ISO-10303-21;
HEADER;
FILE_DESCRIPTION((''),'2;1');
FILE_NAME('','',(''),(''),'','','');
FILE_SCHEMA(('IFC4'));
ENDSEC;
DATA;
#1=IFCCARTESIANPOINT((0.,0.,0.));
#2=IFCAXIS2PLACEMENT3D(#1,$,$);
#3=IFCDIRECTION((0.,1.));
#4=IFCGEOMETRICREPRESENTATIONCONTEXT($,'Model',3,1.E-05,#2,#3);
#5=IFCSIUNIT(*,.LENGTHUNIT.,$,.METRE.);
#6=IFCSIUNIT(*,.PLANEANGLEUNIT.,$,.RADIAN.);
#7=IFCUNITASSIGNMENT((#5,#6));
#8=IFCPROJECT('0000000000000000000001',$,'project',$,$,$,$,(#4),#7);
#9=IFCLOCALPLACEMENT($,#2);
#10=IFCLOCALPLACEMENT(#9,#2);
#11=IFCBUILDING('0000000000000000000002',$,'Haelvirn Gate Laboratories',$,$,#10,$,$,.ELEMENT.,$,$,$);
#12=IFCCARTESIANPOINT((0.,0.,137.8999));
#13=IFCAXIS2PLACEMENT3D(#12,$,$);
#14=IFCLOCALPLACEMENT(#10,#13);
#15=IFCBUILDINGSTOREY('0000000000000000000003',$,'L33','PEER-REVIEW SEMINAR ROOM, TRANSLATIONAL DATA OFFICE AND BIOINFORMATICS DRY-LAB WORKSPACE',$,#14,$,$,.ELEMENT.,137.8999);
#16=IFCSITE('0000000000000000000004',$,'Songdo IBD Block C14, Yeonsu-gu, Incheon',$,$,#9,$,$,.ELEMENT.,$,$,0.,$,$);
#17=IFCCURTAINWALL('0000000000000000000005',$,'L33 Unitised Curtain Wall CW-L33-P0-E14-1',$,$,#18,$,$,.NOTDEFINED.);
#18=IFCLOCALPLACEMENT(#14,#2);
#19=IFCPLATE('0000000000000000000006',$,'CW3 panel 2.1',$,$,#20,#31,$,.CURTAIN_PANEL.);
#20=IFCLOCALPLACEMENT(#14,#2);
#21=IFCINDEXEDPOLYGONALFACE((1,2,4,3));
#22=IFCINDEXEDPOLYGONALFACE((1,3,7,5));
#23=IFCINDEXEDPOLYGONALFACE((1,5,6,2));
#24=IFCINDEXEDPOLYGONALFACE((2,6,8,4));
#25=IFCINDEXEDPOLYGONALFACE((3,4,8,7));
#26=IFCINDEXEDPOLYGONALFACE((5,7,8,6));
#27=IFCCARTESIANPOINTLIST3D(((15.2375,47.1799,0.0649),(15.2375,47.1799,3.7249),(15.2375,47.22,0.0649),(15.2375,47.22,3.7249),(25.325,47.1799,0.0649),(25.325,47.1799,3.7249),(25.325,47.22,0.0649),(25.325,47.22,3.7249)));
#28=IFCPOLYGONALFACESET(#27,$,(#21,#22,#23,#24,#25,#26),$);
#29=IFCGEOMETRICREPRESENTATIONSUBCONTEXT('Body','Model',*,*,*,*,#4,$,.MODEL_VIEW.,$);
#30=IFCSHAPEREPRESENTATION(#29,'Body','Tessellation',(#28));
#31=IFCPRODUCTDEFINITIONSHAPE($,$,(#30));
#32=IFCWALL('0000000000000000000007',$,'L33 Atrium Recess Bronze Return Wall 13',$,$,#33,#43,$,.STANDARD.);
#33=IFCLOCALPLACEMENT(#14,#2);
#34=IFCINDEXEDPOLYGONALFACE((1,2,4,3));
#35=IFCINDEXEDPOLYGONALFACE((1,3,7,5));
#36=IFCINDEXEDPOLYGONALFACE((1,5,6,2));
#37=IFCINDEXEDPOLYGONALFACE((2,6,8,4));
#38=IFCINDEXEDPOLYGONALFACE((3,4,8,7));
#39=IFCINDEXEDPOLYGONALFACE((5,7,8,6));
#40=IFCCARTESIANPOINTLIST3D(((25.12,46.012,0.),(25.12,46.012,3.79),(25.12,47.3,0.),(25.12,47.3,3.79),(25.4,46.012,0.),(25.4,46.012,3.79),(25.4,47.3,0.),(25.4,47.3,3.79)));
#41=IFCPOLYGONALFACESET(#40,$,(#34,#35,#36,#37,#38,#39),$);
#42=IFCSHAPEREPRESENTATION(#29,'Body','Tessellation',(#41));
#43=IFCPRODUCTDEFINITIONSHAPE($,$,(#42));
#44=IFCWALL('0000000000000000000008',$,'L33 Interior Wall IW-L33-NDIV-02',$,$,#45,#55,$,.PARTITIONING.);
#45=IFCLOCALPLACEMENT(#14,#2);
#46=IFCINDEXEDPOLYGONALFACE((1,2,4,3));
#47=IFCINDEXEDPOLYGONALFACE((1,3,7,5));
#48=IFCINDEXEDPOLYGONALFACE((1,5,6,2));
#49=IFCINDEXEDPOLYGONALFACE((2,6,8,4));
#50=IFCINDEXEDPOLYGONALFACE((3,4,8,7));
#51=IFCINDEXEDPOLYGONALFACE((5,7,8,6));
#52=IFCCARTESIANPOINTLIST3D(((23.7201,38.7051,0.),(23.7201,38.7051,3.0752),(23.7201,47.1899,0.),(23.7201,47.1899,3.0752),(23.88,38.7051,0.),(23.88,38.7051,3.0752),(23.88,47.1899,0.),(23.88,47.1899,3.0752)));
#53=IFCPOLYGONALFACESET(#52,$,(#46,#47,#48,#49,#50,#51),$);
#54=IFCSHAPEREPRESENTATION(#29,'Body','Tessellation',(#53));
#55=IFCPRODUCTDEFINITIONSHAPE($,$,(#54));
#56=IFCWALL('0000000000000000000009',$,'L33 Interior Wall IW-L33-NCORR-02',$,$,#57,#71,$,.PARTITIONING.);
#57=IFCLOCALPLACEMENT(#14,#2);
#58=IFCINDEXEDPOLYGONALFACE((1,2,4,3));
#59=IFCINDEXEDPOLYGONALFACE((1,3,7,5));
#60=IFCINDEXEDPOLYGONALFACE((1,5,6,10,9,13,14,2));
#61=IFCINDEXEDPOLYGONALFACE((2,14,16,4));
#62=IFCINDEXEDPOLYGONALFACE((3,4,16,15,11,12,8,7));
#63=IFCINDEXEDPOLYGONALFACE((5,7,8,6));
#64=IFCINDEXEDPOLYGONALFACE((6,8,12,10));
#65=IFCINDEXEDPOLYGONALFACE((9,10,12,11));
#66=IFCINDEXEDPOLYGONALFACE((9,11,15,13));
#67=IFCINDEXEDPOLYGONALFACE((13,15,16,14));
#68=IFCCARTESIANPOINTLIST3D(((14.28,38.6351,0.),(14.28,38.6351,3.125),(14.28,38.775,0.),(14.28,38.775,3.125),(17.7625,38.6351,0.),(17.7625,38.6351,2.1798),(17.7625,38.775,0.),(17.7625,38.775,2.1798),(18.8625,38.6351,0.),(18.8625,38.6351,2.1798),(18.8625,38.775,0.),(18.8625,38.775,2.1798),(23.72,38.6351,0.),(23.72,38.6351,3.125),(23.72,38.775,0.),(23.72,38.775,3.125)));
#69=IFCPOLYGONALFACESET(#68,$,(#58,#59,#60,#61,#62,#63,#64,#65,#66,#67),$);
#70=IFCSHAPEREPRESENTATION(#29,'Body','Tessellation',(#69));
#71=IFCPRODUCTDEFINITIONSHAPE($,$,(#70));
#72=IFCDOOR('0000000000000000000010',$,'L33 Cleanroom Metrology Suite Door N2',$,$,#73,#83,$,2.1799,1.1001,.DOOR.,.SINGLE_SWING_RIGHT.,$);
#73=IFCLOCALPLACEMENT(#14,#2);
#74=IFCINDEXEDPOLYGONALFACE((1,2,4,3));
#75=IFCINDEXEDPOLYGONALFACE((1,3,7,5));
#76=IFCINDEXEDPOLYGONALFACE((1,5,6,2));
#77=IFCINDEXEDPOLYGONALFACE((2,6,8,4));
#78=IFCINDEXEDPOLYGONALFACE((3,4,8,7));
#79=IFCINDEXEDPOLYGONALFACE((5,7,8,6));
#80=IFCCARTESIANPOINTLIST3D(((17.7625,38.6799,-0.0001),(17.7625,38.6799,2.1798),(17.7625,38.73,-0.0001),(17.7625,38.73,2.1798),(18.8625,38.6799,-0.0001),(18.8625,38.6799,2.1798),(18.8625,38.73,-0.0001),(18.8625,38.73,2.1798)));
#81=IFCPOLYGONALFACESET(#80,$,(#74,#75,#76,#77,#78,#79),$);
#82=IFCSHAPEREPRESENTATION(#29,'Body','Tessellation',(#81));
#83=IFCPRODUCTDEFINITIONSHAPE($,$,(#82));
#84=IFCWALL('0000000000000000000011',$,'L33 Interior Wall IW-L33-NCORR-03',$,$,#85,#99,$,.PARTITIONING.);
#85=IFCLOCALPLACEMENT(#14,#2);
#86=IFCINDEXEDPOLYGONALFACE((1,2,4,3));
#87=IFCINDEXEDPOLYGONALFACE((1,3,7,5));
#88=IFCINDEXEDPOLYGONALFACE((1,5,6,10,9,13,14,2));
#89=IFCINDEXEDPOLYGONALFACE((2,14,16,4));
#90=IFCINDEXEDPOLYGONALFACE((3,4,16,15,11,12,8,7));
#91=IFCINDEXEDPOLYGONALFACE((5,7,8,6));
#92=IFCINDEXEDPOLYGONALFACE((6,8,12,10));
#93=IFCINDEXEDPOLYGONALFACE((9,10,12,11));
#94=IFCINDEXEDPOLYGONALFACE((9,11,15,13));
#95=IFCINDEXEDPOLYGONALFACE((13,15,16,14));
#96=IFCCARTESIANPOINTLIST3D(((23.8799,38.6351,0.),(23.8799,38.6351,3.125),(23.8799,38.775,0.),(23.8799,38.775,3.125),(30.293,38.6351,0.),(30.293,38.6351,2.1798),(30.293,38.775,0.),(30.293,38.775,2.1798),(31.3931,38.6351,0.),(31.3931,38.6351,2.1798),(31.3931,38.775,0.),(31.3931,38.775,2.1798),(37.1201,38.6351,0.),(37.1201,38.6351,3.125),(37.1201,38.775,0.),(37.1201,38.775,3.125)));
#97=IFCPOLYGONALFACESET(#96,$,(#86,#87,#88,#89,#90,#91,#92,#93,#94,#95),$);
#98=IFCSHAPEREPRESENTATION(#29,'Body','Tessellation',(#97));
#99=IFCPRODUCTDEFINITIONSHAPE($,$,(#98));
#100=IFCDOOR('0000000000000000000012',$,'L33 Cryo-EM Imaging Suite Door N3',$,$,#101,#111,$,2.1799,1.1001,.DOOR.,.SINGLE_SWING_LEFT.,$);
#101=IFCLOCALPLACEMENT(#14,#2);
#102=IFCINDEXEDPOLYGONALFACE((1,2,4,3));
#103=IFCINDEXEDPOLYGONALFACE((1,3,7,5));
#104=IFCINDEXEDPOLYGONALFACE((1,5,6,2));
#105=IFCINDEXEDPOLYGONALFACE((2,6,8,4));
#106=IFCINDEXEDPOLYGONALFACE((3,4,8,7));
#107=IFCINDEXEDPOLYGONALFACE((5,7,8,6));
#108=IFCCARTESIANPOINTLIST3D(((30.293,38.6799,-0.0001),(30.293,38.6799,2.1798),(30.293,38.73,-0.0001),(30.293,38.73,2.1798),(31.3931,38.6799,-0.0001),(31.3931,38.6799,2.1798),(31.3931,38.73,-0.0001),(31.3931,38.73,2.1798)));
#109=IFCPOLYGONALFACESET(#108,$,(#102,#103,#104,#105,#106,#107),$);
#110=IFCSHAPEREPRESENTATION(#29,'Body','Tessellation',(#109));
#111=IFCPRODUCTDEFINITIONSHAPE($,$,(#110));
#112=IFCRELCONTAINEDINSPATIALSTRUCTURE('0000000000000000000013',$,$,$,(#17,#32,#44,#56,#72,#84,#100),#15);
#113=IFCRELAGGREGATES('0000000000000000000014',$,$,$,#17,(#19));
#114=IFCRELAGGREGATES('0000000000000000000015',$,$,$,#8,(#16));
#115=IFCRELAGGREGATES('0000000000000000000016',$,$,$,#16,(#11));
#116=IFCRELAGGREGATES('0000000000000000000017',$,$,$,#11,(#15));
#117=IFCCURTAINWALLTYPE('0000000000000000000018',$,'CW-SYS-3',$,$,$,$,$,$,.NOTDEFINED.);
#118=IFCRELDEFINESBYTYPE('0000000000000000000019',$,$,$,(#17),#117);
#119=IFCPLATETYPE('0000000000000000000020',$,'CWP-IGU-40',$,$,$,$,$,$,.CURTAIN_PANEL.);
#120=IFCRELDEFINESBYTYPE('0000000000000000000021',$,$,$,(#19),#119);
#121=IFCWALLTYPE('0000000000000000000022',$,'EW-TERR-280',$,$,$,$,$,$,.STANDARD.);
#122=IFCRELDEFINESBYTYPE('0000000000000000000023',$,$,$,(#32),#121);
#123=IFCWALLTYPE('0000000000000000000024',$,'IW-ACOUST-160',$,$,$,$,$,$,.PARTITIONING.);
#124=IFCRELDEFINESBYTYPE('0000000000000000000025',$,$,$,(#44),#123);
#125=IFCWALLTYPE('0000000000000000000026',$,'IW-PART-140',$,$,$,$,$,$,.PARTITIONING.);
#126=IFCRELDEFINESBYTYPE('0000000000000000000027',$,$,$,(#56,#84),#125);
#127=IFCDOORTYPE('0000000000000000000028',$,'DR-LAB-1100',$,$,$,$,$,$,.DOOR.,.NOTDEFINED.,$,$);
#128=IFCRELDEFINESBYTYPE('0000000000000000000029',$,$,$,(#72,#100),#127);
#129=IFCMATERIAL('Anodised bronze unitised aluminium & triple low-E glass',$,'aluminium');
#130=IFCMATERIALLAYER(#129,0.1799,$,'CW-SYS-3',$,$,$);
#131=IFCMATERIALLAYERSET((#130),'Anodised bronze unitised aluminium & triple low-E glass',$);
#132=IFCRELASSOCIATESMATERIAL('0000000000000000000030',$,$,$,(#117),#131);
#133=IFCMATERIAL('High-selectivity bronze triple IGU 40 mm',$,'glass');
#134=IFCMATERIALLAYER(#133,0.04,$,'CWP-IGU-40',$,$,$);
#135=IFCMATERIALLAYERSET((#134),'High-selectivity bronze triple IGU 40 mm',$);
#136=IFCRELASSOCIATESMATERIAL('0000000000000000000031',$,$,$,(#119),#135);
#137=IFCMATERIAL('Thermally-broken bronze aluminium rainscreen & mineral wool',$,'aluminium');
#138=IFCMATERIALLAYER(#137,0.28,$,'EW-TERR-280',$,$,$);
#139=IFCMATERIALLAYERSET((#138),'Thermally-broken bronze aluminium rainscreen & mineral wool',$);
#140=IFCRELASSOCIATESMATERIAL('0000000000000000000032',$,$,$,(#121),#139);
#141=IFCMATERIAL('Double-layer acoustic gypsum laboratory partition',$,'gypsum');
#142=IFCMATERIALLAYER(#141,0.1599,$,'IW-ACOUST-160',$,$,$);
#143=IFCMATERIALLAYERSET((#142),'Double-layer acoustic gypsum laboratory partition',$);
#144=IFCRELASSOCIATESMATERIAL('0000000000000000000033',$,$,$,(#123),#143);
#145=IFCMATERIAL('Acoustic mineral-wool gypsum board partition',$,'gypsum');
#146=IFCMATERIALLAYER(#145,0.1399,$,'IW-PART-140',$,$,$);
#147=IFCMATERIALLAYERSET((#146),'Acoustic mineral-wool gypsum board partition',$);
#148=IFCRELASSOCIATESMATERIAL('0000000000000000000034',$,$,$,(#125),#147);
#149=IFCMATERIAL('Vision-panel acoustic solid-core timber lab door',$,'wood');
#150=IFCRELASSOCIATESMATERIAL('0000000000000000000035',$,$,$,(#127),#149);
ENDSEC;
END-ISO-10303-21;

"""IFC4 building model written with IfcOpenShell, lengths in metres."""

from ifc_helpers import new_model, si_unit, direction, frame, frame_2d, origin, origin_2d, place, context, subcontext, project, spatial, rectangle, extrude, source, transform, mapped, material, layer, layer_set, type_object, type_shapes, element, fill, aggregate, save


model = new_model("IFC4")

# Units and contexts
model_context = context("Model", 3, precision=1e-05, world=origin(), true_north=direction((0.0, 1.0)))
body_context = subcontext(model_context, "Body", "Model", "MODEL_VIEW")
ifc_project = project(units=[si_unit("LENGTHUNIT", "METRE"), si_unit("PLANEANGLEUNIT", "RADIAN")], contexts=[model_context])

# Site, building, storey
site_placement = place(None, origin())
site = spatial("IfcSite", under=ifc_project, at=site_placement, Name="Songdo IBD Block C14, Yeonsu-gu, Incheon", CompositionType="ELEMENT", RefElevation=0.0)
building_placement = place(site_placement, origin())
building = spatial("IfcBuilding", under=site, at=building_placement, Name="Haelvirn Gate Laboratories", CompositionType="ELEMENT")
storey_placement = place(building_placement, frame((0.0, 0.0, 137.8999)))
storey = spatial("IfcBuildingStorey", under=building, at=storey_placement, Name="L33", Description="PEER-REVIEW SEMINAR ROOM, TRANSLATIONAL DATA OFFICE AND BIOINFORMATICS DRY-LAB WORKSPACE", CompositionType="ELEMENT", Elevation=137.8999)

# Curtain wall
ifc_material_1 = material(Name="Anodised bronze unitised aluminium & triple low-E glass", Category="aluminium")
ifc_layer_1 = layer(ifc_material_1, 0.1799, Name="CW-SYS-3")
ifc_layer_set_1 = layer_set([ifc_layer_1], Name="Anodised bronze unitised aluminium & triple low-E glass")
curtain_wall_type = type_object("IfcCurtainWallType", Name="CW-SYS-3", PredefinedType="NOTDEFINED", material=ifc_layer_set_1)
curtain_wall_1_placement = place(storey_placement, origin())
curtain_wall_1 = element("IfcCurtainWall", 1, at=curtain_wall_1_placement, inside=storey, type_object=curtain_wall_type, Name="L33 Unitised Curtain Wall CW-L33-P0-E14-1", PredefinedType="NOTDEFINED")

# Plate
ifc_material_2 = material(Name="High-selectivity bronze triple IGU 40 mm", Category="glass")
ifc_layer_2 = layer(ifc_material_2, 0.04, Name="CWP-IGU-40")
ifc_layer_set_2 = layer_set([ifc_layer_2], Name="High-selectivity bronze triple IGU 40 mm")
plate_type = type_object("IfcPlateType", Name="CWP-IGU-40", PredefinedType="CURTAIN_PANEL", material=ifc_layer_set_2)
shared_shape_1 = source(origin(), body_context, "Body", "SweptSolid", [
    extrude(rectangle(XDim=10.0874, YDim=0.04, at=origin_2d()), origin(), (0.0, 0.0, 1.0), 3.6599),
])
type_shapes(plate_type, [shared_shape_1])
plate_placement = place(storey_placement, frame((20.2812, 47.2, 0.0649), z_axis=(0.0, 0.0, 1.0), x_axis=(1.0, 0.0, 0.0)))
plate = element("IfcPlate", 2, at=plate_placement, type_object=plate_type, Name="CW3 panel 2.1", PredefinedType="CURTAIN_PANEL", context=body_context, shape_type="MappedRepresentation", body=[
    mapped(shared_shape_1, transform((0.0, 0.0, 0.0), scale=1.0)),
])
aggregate(curtain_wall_1, [plate])

# Walls
ifc_material_3 = material(Name="Thermally-broken bronze aluminium rainscreen & mineral wool", Category="aluminium")
ifc_layer_3 = layer(ifc_material_3, 0.28, Name="EW-TERR-280")
ifc_layer_set_3 = layer_set([ifc_layer_3], Name="Thermally-broken bronze aluminium rainscreen & mineral wool")
wall_type_1 = type_object("IfcWallType", Name="EW-TERR-280", PredefinedType="STANDARD", material=ifc_layer_set_3)
wall_1_placement = place(storey_placement, frame((25.26, 46.012, 0.0), z_axis=(0.0, 0.0, 1.0), x_axis=(0.0, 1.0, 0.0)))
element("IfcWall", 3, at=wall_1_placement, inside=storey, type_object=wall_type_1, Name="L33 Atrium Recess Bronze Return Wall 13", PredefinedType="STANDARD", context=body_context, shape_type="SweptSolid", body=[
    extrude(rectangle(XDim=1.2881, YDim=0.28, at=frame_2d((0.644, 0.0))), origin(), (0.0, 0.0, 1.0), 3.79),
])
ifc_material_4 = material(Name="Double-layer acoustic gypsum laboratory partition", Category="gypsum")
ifc_layer_4 = layer(ifc_material_4, 0.1599, Name="IW-ACOUST-160")
ifc_layer_set_4 = layer_set([ifc_layer_4], Name="Double-layer acoustic gypsum laboratory partition")
wall_type_2 = type_object("IfcWallType", Name="IW-ACOUST-160", PredefinedType="PARTITIONING", material=ifc_layer_set_4)
wall_2_placement = place(storey_placement, frame((23.8, 38.7051, 0.0), z_axis=(0.0, 0.0, 1.0), x_axis=(0.0, 1.0, 0.0)))
element("IfcWall", 4, at=wall_2_placement, inside=storey, type_object=wall_type_2, Name="L33 Interior Wall IW-L33-NDIV-02", PredefinedType="PARTITIONING", context=body_context, shape_type="SweptSolid", body=[
    extrude(rectangle(XDim=8.4849, YDim=0.1599, at=frame_2d((4.2424, 0.0))), origin(), (0.0, 0.0, 1.0), 3.0752),
])

# Walls, openings, doors
ifc_material_5 = material(Name="Acoustic mineral-wool gypsum board partition", Category="gypsum")
ifc_layer_5 = layer(ifc_material_5, 0.1399, Name="IW-PART-140")
ifc_layer_set_5 = layer_set([ifc_layer_5], Name="Acoustic mineral-wool gypsum board partition")
wall_type_3 = type_object("IfcWallType", Name="IW-PART-140", PredefinedType="PARTITIONING", material=ifc_layer_set_5)
wall_3_placement = place(storey_placement, frame((14.28, 38.7051, 0.0), z_axis=(0.0, 0.0, 1.0), x_axis=(1.0, 0.0, 0.0)))
wall_3 = element("IfcWall", 5, at=wall_3_placement, inside=storey, type_object=wall_type_3, Name="L33 Interior Wall IW-L33-NCORR-02", PredefinedType="PARTITIONING", context=body_context, shape_type="SweptSolid", body=[
    extrude(rectangle(XDim=9.4399, YDim=0.1399, at=frame_2d((4.72, 0.0))), origin(), (0.0, 0.0, 1.0), 3.125),
])
opening_1_placement = place(wall_3_placement, frame((3.4824, 0.0, 0.0)))
opening_1 = element("IfcOpeningElement", 6, at=opening_1_placement, cuts=wall_3, PredefinedType="OPENING", context=body_context, shape_type="SweptSolid", body=[
    extrude(rectangle(XDim=1.1001, YDim=2.1799, at=frame_2d((0.55, 1.0898))), frame((0.0, 0.0801, 0.0), z_axis=(0.0, -1.0, 0.0), x_axis=(1.0, 0.0, 0.0)), (0.0, 0.0, 1.0), 0.1599),
])
ifc_material_6 = material(Name="Vision-panel acoustic solid-core timber lab door", Category="wood")
door_type = type_object("IfcDoorType", Name="DR-LAB-1100", OperationType="NOTDEFINED", PredefinedType="DOOR", material=ifc_material_6)
shared_shape_2 = source(origin(), body_context, "Body", "SweptSolid", [
    extrude(rectangle(XDim=1.1001, YDim=2.1799, at=frame_2d((0.55, 1.0898))), frame((0.0, 0.0249, 0.0), z_axis=(0.0, -1.0, 0.0), x_axis=(1.0, 0.0, 0.0)), (0.0, 0.0, 1.0), 0.05),
])
type_shapes(door_type, [shared_shape_2])
door_1_placement = place(opening_1_placement, origin())
door_1 = element("IfcDoor", 7, at=door_1_placement, inside=storey, type_object=door_type, Name="L33 Cleanroom Metrology Suite Door N2", OperationType="SINGLE_SWING_RIGHT", OverallHeight=2.1799, OverallWidth=1.1001, PredefinedType="DOOR", context=body_context, shape_type="MappedRepresentation", body=[
    mapped(shared_shape_2, transform((0.0, 0.0, 0.0), scale=1.0)),
])
fill(opening_1, door_1)
wall_4_placement = place(storey_placement, frame((23.8799, 38.7051, 0.0), z_axis=(0.0, 0.0, 1.0), x_axis=(1.0, 0.0, 0.0)))
wall_4 = element("IfcWall", 8, at=wall_4_placement, inside=storey, type_object=wall_type_3, Name="L33 Interior Wall IW-L33-NCORR-03", PredefinedType="PARTITIONING", context=body_context, shape_type="SweptSolid", body=[
    extrude(rectangle(XDim=13.2402, YDim=0.1399, at=frame_2d((6.6201, 0.0))), origin(), (0.0, 0.0, 1.0), 3.125),
])
opening_2_placement = place(wall_4_placement, frame((6.4131, 0.0, 0.0)))
opening_2 = element("IfcOpeningElement", 9, at=opening_2_placement, cuts=wall_4, PredefinedType="OPENING", context=body_context, shape_type="SweptSolid", body=[
    extrude(rectangle(XDim=1.1001, YDim=2.1799, at=frame_2d((0.55, 1.0898))), frame((0.0, 0.0801, 0.0), z_axis=(0.0, -1.0, 0.0), x_axis=(1.0, 0.0, 0.0)), (0.0, 0.0, 1.0), 0.1599),
])
door_2_placement = place(opening_2_placement, origin())
door_2 = element("IfcDoor", 10, at=door_2_placement, inside=storey, type_object=door_type, Name="L33 Cryo-EM Imaging Suite Door N3", OperationType="SINGLE_SWING_LEFT", OverallHeight=2.1799, OverallWidth=1.1001, PredefinedType="DOOR", context=body_context, shape_type="MappedRepresentation", body=[
    mapped(shared_shape_2, transform((0.0, 0.0, 0.0), scale=1.0)),
])
fill(opening_2, door_2)

save(model, "model.ifc")
